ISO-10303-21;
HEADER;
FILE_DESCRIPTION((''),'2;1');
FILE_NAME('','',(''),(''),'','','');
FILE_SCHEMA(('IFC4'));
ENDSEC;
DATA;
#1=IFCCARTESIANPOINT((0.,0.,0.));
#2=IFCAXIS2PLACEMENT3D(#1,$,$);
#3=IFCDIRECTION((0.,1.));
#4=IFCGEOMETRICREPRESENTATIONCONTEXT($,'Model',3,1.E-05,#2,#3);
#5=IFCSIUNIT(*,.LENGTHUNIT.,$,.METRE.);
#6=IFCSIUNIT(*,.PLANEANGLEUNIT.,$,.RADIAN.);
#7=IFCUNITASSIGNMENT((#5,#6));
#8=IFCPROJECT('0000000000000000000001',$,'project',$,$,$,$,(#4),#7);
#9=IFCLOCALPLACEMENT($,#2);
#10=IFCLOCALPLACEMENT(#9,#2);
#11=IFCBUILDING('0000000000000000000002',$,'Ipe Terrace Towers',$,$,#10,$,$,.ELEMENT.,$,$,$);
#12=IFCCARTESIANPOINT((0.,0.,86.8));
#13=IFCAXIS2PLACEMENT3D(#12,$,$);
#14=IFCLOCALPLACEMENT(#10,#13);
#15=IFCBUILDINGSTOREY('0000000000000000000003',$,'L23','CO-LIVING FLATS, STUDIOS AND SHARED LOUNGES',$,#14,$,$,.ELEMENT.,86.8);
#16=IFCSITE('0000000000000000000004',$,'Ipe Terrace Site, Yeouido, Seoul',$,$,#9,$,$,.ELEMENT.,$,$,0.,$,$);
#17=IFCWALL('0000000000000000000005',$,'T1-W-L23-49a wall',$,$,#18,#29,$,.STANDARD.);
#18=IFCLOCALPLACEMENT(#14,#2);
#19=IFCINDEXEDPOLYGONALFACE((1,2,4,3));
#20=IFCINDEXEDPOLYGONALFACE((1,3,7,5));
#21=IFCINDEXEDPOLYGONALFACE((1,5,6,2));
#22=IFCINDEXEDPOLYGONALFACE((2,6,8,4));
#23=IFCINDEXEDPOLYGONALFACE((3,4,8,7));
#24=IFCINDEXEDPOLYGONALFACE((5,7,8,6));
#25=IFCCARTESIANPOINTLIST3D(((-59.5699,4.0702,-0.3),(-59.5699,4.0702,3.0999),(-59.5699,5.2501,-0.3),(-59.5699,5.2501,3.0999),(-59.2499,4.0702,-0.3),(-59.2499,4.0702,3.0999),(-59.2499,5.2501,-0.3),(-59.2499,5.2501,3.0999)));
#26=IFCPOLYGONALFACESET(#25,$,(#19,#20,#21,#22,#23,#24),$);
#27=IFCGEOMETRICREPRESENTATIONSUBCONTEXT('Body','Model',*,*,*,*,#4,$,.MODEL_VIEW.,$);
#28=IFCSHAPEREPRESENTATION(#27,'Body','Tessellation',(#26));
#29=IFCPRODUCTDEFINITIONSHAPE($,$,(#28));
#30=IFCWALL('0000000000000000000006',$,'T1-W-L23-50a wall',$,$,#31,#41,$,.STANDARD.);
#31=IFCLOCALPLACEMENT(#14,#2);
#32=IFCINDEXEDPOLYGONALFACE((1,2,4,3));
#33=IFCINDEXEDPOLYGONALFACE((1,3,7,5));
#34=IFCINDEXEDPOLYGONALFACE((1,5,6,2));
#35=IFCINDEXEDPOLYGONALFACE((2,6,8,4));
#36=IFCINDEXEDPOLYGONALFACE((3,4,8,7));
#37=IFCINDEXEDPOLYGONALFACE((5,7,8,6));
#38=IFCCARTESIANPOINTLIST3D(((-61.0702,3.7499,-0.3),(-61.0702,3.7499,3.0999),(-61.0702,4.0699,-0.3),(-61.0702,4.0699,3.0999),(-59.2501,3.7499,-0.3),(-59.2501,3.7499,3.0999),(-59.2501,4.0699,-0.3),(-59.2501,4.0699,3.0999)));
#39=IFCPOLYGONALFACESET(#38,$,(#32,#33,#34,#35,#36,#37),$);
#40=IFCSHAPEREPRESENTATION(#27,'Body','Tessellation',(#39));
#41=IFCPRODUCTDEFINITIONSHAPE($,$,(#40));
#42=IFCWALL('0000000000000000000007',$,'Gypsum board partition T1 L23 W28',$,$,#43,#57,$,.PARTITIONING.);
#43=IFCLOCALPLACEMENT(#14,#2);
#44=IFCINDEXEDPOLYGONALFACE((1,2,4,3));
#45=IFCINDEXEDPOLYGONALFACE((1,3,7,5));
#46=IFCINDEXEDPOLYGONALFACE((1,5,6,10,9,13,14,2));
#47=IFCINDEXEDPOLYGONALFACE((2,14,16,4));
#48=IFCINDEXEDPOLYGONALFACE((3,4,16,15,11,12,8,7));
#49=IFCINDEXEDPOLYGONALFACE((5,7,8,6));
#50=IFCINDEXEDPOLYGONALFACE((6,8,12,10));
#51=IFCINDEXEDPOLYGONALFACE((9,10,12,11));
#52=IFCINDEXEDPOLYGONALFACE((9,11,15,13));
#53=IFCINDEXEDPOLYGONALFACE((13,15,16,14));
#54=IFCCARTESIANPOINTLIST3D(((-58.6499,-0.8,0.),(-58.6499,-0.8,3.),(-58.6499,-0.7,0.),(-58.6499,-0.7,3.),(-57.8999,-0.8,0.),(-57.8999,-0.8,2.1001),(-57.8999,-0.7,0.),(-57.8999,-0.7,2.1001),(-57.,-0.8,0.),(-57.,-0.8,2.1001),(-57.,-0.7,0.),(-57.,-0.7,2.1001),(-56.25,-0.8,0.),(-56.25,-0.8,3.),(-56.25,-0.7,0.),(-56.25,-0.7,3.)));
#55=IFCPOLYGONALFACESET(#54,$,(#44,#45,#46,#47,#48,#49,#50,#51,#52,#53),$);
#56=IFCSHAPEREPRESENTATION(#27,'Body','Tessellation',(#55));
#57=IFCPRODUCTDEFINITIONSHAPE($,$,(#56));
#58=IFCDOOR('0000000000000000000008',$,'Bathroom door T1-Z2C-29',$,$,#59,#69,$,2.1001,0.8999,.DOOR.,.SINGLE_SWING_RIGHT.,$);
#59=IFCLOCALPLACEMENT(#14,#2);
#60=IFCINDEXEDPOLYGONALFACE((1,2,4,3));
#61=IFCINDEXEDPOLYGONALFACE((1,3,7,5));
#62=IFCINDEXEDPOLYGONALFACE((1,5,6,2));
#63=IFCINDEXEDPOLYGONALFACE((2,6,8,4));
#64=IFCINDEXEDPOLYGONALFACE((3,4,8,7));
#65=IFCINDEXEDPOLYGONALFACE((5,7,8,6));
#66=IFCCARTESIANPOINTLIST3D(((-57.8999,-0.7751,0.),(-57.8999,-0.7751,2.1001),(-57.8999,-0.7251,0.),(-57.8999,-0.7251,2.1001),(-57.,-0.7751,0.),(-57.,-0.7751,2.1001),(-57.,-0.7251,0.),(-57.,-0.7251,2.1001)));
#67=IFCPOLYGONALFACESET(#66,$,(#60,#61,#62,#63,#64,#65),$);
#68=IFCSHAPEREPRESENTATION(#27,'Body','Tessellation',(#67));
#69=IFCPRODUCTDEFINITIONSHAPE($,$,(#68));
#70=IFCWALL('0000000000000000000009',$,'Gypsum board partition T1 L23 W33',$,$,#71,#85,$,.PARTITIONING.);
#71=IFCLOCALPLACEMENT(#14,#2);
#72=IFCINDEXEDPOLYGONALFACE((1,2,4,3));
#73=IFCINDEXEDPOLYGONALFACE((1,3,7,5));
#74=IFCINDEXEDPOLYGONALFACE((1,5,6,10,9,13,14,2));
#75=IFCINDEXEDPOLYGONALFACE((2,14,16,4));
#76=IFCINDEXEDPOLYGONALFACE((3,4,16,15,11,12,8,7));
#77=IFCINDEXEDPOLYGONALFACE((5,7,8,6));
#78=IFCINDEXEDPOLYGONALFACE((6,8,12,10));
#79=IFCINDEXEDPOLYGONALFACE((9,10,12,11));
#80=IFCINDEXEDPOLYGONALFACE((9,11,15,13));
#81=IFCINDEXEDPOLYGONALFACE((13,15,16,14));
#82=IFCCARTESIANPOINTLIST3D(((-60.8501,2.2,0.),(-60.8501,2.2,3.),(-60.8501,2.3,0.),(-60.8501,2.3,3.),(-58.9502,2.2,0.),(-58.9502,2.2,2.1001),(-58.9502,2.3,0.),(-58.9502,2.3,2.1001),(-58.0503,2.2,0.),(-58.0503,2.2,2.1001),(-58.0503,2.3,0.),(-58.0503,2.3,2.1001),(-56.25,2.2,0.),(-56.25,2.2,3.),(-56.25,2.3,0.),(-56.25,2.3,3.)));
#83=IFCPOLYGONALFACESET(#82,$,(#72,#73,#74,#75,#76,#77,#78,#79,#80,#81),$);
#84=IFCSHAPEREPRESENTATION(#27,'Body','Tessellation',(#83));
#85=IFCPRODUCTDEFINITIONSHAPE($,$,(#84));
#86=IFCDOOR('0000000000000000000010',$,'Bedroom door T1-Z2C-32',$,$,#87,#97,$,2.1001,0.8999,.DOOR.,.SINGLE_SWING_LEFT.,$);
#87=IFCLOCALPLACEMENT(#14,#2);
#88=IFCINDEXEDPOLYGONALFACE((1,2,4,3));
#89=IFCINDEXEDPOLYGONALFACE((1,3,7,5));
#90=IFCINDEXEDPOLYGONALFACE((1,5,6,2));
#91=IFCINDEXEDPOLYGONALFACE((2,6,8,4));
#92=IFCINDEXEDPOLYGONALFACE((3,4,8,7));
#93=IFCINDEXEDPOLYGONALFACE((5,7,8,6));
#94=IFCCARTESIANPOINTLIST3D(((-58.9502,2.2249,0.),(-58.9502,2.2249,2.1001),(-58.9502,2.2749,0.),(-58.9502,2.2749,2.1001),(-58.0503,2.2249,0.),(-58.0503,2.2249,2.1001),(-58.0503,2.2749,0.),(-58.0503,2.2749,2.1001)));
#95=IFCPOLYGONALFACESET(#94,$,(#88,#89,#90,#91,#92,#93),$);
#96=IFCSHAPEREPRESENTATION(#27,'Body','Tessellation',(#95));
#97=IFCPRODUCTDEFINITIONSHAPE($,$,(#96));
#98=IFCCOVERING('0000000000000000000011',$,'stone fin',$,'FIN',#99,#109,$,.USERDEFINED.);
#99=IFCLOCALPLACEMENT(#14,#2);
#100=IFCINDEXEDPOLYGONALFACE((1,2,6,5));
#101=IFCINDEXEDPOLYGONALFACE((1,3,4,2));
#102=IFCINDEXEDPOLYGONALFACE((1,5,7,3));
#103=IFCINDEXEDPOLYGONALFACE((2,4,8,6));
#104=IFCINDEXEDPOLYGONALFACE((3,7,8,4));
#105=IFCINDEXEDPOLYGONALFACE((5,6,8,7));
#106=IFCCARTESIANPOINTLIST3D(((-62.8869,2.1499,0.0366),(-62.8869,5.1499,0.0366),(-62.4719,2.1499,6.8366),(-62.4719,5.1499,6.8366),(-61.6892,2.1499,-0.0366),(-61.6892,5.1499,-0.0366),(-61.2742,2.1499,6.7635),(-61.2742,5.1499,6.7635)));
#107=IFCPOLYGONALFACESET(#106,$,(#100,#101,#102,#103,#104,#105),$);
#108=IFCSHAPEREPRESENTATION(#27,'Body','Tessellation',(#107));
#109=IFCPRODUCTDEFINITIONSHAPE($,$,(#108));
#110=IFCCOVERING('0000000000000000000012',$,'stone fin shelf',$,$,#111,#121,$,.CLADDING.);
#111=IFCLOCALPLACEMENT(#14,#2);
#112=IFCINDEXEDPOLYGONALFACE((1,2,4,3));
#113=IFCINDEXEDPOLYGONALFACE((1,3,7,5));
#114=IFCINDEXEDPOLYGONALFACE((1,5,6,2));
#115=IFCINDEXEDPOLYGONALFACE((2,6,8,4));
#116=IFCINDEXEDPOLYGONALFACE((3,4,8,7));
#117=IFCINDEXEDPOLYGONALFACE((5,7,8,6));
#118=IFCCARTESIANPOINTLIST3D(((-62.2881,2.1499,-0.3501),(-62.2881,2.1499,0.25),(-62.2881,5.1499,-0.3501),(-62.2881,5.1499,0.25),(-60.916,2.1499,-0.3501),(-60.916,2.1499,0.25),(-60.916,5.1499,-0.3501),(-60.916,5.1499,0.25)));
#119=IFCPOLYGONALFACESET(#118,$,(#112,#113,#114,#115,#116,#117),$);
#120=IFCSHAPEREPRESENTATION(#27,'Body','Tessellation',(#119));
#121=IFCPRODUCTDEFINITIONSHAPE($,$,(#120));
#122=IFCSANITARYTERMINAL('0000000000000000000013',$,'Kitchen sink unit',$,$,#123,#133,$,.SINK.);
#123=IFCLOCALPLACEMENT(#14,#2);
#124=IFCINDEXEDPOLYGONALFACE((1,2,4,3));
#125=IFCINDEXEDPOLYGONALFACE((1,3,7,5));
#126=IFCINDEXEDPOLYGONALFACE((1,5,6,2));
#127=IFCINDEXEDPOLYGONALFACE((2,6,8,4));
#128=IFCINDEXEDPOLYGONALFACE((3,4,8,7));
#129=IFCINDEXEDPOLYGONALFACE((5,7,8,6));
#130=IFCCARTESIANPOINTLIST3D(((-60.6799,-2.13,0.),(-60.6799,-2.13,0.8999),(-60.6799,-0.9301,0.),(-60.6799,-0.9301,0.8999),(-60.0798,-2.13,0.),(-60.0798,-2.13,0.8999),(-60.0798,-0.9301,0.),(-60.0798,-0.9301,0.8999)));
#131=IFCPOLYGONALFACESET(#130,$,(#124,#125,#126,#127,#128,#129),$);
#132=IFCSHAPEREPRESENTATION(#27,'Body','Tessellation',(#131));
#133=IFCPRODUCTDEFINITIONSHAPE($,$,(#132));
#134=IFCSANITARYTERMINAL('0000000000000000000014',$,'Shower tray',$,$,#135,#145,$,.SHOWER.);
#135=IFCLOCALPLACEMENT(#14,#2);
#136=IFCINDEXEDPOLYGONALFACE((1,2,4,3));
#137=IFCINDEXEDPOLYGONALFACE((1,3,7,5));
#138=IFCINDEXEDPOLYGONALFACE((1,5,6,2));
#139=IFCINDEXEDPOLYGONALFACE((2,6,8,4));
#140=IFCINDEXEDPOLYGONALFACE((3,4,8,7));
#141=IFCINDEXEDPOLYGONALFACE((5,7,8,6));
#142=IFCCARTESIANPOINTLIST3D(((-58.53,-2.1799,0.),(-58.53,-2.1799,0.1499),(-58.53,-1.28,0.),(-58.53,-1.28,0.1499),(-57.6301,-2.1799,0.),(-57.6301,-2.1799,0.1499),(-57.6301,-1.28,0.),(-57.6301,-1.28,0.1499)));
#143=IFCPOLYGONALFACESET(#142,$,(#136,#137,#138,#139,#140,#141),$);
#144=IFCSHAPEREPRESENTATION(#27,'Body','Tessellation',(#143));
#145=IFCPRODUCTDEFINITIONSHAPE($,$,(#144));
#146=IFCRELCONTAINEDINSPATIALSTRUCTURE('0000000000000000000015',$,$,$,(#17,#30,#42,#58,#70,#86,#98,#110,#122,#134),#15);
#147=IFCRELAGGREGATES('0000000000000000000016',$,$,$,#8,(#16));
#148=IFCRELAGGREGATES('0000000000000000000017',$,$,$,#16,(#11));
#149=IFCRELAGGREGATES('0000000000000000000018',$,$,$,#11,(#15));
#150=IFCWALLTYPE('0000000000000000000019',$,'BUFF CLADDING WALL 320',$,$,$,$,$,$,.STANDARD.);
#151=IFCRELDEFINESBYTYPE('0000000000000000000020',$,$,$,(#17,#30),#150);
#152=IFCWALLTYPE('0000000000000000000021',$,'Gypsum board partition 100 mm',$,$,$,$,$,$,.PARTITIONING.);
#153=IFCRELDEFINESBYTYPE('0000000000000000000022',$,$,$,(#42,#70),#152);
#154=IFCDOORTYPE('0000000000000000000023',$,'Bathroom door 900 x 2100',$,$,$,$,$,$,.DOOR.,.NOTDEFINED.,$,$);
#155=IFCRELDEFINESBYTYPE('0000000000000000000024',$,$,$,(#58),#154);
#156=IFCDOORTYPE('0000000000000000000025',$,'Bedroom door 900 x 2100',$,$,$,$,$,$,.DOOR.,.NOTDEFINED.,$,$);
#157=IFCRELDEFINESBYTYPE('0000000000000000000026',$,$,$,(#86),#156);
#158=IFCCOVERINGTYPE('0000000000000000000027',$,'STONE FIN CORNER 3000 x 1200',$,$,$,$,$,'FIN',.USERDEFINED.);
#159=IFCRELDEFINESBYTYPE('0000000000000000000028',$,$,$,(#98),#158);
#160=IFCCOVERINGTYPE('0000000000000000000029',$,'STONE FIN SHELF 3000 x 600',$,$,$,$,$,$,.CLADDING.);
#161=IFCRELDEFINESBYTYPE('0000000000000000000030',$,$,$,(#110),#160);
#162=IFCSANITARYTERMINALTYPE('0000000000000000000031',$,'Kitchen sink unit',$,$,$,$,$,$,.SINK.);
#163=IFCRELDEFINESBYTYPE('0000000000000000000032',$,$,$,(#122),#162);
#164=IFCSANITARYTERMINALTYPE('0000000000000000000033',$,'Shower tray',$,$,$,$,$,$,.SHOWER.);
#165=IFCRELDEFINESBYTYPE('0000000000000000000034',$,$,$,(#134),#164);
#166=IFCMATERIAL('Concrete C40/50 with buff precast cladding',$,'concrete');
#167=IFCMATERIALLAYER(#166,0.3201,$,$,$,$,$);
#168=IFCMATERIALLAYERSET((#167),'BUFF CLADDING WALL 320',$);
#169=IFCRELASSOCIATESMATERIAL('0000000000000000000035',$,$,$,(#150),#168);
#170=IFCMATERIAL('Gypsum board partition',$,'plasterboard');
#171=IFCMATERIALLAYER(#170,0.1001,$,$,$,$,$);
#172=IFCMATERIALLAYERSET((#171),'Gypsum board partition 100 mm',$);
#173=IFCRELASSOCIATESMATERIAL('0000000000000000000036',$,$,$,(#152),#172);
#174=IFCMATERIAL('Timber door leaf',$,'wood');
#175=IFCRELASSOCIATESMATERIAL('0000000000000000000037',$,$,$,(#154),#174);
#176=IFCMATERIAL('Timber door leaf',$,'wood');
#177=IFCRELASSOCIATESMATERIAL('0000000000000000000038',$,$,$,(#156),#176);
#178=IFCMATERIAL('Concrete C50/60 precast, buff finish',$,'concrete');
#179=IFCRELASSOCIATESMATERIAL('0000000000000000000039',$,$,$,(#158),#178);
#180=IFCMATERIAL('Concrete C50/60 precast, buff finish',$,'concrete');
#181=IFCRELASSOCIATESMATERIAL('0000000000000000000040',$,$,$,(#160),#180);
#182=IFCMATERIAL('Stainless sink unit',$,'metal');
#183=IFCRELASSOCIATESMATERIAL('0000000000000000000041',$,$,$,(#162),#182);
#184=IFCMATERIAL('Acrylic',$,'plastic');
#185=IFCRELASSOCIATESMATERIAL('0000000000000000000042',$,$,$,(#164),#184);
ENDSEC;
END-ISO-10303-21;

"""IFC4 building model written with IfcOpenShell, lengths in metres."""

from ifc_helpers import new_model, si_unit, direction, frame, frame_2d, origin, origin_2d, place, context, subcontext, project, spatial, rectangle, extrude, material, layer, layer_set, material_profile, profile_set, type_object, element, fill, save


model = new_model("IFC4")

# Units and contexts
model_context = context("Model", 3, precision=1e-05, world=origin(), true_north=direction((0.0, 1.0)))
body_context = subcontext(model_context, "Body", "Model", "MODEL_VIEW")
ifc_project = project(units=[si_unit("LENGTHUNIT", "METRE"), si_unit("PLANEANGLEUNIT", "RADIAN")], contexts=[model_context])

# Site, building, storey
site_placement = place(None, origin())
site = spatial("IfcSite", under=ifc_project, at=site_placement, Name="Ipe Terrace Site, Yeouido, Seoul", CompositionType="ELEMENT", RefElevation=0.0)
building_placement = place(site_placement, origin())
building = spatial("IfcBuilding", under=site, at=building_placement, Name="Ipe Terrace Towers", CompositionType="ELEMENT")
storey_placement = place(building_placement, frame((0.0, 0.0, 86.8)))
storey = spatial("IfcBuildingStorey", under=building, at=storey_placement, Name="L23", Description="CO-LIVING FLATS, STUDIOS AND SHARED LOUNGES", CompositionType="ELEMENT", Elevation=86.8)

# Shared definitions
ifc_material_1 = material(Name="Concrete C40/50 with buff precast cladding", Category="concrete")
ifc_layer_1 = layer(ifc_material_1, 0.3201)
ifc_layer_set_1 = layer_set([ifc_layer_1], Name="BUFF CLADDING WALL 320")
wall_type_1 = type_object("IfcWallType", Name="BUFF CLADDING WALL 320", PredefinedType="STANDARD", material=ifc_layer_set_1)

# Walls
wall_1_placement = place(storey_placement, frame((-59.4099, 5.25, -0.3), z_axis=(0.0, 0.0, 1.0), x_axis=(0.0, -1.0, 0.0)))
element("IfcWall", 1, at=wall_1_placement, inside=storey, type_object=wall_type_1, Name="T1-W-L23-49a wall", PredefinedType="STANDARD", context=body_context, shape_type="SweptSolid", body=[
    extrude(rectangle(XDim=1.1799, YDim=0.3201, at=frame_2d((0.5898, 0.0))), origin(), (0.0, 0.0, 1.0), 3.3999),
])
wall_2_placement = place(storey_placement, frame((-59.25, 3.9099, -0.3), z_axis=(0.0, 0.0, 1.0), x_axis=(-1.0, 0.0, 0.0)))
element("IfcWall", 2, at=wall_2_placement, inside=storey, type_object=wall_type_1, Name="T1-W-L23-50a wall", PredefinedType="STANDARD", context=body_context, shape_type="SweptSolid", body=[
    extrude(rectangle(XDim=1.8201, YDim=0.3201, at=frame_2d((0.9102, 0.0))), origin(), (0.0, 0.0, 1.0), 3.3999),
])

# Walls, openings, doors
ifc_material_2 = material(Name="Gypsum board partition", Category="plasterboard")
ifc_layer_2 = layer(ifc_material_2, 0.1001)
ifc_layer_set_2 = layer_set([ifc_layer_2], Name="Gypsum board partition 100 mm")
wall_type_2 = type_object("IfcWallType", Name="Gypsum board partition 100 mm", PredefinedType="PARTITIONING", material=ifc_layer_set_2)
wall_3_placement = place(storey_placement, frame((-58.6499, -0.75, 0.0), z_axis=(0.0, 0.0, 1.0), x_axis=(1.0, 0.0, 0.0)))
wall_3 = element("IfcWall", 3, at=wall_3_placement, inside=storey, type_object=wall_type_2, Name="Gypsum board partition T1 L23 W28", PredefinedType="PARTITIONING", context=body_context, shape_type="SweptSolid", body=[
    extrude(rectangle(XDim=2.3999, YDim=0.1001, at=frame_2d((1.2, 0.0))), origin(), (0.0, 0.0, 1.0), 3.0),
])
opening_1_placement = place(wall_3_placement, frame((0.75, 0.0, 0.0)))
opening_1 = element("IfcOpeningElement", 4, at=opening_1_placement, cuts=wall_3, PredefinedType="OPENING", context=body_context, shape_type="SweptSolid", body=[
    extrude(rectangle(XDim=0.8999, YDim=2.1001, at=frame_2d((0.45, 1.05))), frame((0.0, 0.0601, 0.0), z_axis=(0.0, -1.0, 0.0), x_axis=(1.0, 0.0, 0.0)), (0.0, 0.0, 1.0), 0.1201),
])
ifc_material_3 = material(Name="Timber door leaf", Category="wood")
door_type_1 = type_object("IfcDoorType", Name="Bathroom door 900 x 2100", OperationType="NOTDEFINED", PredefinedType="DOOR", material=ifc_material_3)
door_1_placement = place(opening_1_placement, origin())
door_1 = element("IfcDoor", 5, at=door_1_placement, inside=storey, type_object=door_type_1, Name="Bathroom door T1-Z2C-29", OperationType="SINGLE_SWING_RIGHT", OverallHeight=2.1001, OverallWidth=0.8999, PredefinedType="DOOR", context=body_context, shape_type="SweptSolid", body=[
    extrude(rectangle(XDim=0.8999, YDim=2.1001, at=frame_2d((0.45, 1.05))), frame((0.0, 0.0249, 0.0), z_axis=(0.0, -1.0, 0.0), x_axis=(1.0, 0.0, 0.0)), (0.0, 0.0, 1.0), 0.05),
])
fill(opening_1, door_1)
wall_4_placement = place(storey_placement, frame((-60.8501, 2.25, 0.0), z_axis=(0.0, 0.0, 1.0), x_axis=(1.0, 0.0, 0.0)))
wall_4 = element("IfcWall", 6, at=wall_4_placement, inside=storey, type_object=wall_type_2, Name="Gypsum board partition T1 L23 W33", PredefinedType="PARTITIONING", context=body_context, shape_type="SweptSolid", body=[
    extrude(rectangle(XDim=4.6001, YDim=0.1001, at=frame_2d((2.3, 0.0))), origin(), (0.0, 0.0, 1.0), 3.0),
])
opening_2_placement = place(wall_4_placement, frame((1.8999, 0.0, 0.0)))
opening_2 = element("IfcOpeningElement", 7, at=opening_2_placement, cuts=wall_4, PredefinedType="OPENING", context=body_context, shape_type="SweptSolid", body=[
    extrude(rectangle(XDim=0.8999, YDim=2.1001, at=frame_2d((0.45, 1.05))), frame((0.0, 0.0601, 0.0), z_axis=(0.0, -1.0, 0.0), x_axis=(1.0, 0.0, 0.0)), (0.0, 0.0, 1.0), 0.1201),
])
ifc_material_4 = material(Name="Timber door leaf", Category="wood")
door_type_2 = type_object("IfcDoorType", Name="Bedroom door 900 x 2100", OperationType="NOTDEFINED", PredefinedType="DOOR", material=ifc_material_4)
door_2_placement = place(opening_2_placement, origin())
door_2 = element("IfcDoor", 8, at=door_2_placement, inside=storey, type_object=door_type_2, Name="Bedroom door T1-Z2C-32", OperationType="SINGLE_SWING_LEFT", OverallHeight=2.1001, OverallWidth=0.8999, PredefinedType="DOOR", context=body_context, shape_type="SweptSolid", body=[
    extrude(rectangle(XDim=0.8999, YDim=2.1001, at=frame_2d((0.45, 1.05))), frame((0.0, 0.0249, 0.0), z_axis=(0.0, -1.0, 0.0), x_axis=(1.0, 0.0, 0.0)), (0.0, 0.0, 1.0), 0.05),
])
fill(opening_2, door_2)

# Coverings
ifc_material_5 = material(Name="Concrete C50/60 precast, buff finish", Category="concrete")
ifc_material_profile_1 = material_profile(ifc_material_5, rectangle(XDim=3.0, YDim=1.2, at=origin_2d()), Name="STONE FIN CORNER 3000 x 1200")
ifc_profile_set_1 = profile_set([ifc_material_profile_1], Name="Concrete C50/60 precast, buff finish")
covering_type_1 = type_object("IfcCoveringType", Name="STONE FIN CORNER 3000 x 1200", ElementType="FIN", PredefinedType="USERDEFINED", material=ifc_profile_set_1)
covering_1_placement = place(storey_placement, frame((-62.2881, 3.6499, 0.0), z_axis=(0.060921, 0.0, 0.998143), x_axis=(0.0, -1.0, 0.0)))
element("IfcCovering", 9, at=covering_1_placement, inside=storey, type_object=covering_type_1, Name="stone fin", ObjectType="FIN", PredefinedType="USERDEFINED", context=body_context, shape_type="SweptSolid", body=[
    extrude(rectangle(XDim=3.0, YDim=1.2, at=origin_2d()), origin(), (0.0, 0.0, 1.0), 6.8127),
])
ifc_material_6 = material(Name="Concrete C50/60 precast, buff finish", Category="concrete")
covering_type_2 = type_object("IfcCoveringType", Name="STONE FIN SHELF 3000 x 600", PredefinedType="CLADDING", material=ifc_material_6)
covering_2_placement = place(storey_placement, frame((-61.6021, 3.6499, -0.3501), z_axis=(0.0, 0.0, 1.0), x_axis=(0.0, -1.0, 0.0)))
element("IfcCovering", 10, at=covering_2_placement, inside=storey, type_object=covering_type_2, Name="stone fin shelf", PredefinedType="CLADDING", context=body_context, shape_type="SweptSolid", body=[
    extrude(rectangle(XDim=3.0, YDim=1.3721, at=origin_2d()), origin(), (0.0, 0.0, 1.0), 0.6001),
])

# Sanitary terminals
ifc_material_7 = material(Name="Stainless sink unit", Category="metal")
sanitary_terminal_type_1 = type_object("IfcSanitaryTerminalType", Name="Kitchen sink unit", PredefinedType="SINK", material=ifc_material_7)
sanitary_terminal_1_placement = place(storey_placement, frame((-60.3799, -1.53, 0.0), z_axis=(0.0, 0.0, 1.0), x_axis=(0.0, 1.0, 0.0)))
element("IfcSanitaryTerminal", 11, at=sanitary_terminal_1_placement, inside=storey, type_object=sanitary_terminal_type_1, Name="Kitchen sink unit", PredefinedType="SINK", context=body_context, shape_type="SweptSolid", body=[
    extrude(rectangle(XDim=1.2, YDim=0.6001, at=origin_2d()), origin(), (0.0, 0.0, 1.0), 0.8999),
])
ifc_material_8 = material(Name="Acrylic", Category="plastic")
sanitary_terminal_type_2 = type_object("IfcSanitaryTerminalType", Name="Shower tray", PredefinedType="SHOWER", material=ifc_material_8)
sanitary_terminal_2_placement = place(storey_placement, frame((-58.0801, -1.73, 0.0), z_axis=(0.0, 0.0, 1.0), x_axis=(0.0, 1.0, 0.0)))
element("IfcSanitaryTerminal", 12, at=sanitary_terminal_2_placement, inside=storey, type_object=sanitary_terminal_type_2, Name="Shower tray", PredefinedType="SHOWER", context=body_context, shape_type="SweptSolid", body=[
    extrude(rectangle(XDim=0.8999, YDim=0.8999, at=origin_2d()), origin(), (0.0, 0.0, 1.0), 0.1499),
])

save(model, "model.ifc")
